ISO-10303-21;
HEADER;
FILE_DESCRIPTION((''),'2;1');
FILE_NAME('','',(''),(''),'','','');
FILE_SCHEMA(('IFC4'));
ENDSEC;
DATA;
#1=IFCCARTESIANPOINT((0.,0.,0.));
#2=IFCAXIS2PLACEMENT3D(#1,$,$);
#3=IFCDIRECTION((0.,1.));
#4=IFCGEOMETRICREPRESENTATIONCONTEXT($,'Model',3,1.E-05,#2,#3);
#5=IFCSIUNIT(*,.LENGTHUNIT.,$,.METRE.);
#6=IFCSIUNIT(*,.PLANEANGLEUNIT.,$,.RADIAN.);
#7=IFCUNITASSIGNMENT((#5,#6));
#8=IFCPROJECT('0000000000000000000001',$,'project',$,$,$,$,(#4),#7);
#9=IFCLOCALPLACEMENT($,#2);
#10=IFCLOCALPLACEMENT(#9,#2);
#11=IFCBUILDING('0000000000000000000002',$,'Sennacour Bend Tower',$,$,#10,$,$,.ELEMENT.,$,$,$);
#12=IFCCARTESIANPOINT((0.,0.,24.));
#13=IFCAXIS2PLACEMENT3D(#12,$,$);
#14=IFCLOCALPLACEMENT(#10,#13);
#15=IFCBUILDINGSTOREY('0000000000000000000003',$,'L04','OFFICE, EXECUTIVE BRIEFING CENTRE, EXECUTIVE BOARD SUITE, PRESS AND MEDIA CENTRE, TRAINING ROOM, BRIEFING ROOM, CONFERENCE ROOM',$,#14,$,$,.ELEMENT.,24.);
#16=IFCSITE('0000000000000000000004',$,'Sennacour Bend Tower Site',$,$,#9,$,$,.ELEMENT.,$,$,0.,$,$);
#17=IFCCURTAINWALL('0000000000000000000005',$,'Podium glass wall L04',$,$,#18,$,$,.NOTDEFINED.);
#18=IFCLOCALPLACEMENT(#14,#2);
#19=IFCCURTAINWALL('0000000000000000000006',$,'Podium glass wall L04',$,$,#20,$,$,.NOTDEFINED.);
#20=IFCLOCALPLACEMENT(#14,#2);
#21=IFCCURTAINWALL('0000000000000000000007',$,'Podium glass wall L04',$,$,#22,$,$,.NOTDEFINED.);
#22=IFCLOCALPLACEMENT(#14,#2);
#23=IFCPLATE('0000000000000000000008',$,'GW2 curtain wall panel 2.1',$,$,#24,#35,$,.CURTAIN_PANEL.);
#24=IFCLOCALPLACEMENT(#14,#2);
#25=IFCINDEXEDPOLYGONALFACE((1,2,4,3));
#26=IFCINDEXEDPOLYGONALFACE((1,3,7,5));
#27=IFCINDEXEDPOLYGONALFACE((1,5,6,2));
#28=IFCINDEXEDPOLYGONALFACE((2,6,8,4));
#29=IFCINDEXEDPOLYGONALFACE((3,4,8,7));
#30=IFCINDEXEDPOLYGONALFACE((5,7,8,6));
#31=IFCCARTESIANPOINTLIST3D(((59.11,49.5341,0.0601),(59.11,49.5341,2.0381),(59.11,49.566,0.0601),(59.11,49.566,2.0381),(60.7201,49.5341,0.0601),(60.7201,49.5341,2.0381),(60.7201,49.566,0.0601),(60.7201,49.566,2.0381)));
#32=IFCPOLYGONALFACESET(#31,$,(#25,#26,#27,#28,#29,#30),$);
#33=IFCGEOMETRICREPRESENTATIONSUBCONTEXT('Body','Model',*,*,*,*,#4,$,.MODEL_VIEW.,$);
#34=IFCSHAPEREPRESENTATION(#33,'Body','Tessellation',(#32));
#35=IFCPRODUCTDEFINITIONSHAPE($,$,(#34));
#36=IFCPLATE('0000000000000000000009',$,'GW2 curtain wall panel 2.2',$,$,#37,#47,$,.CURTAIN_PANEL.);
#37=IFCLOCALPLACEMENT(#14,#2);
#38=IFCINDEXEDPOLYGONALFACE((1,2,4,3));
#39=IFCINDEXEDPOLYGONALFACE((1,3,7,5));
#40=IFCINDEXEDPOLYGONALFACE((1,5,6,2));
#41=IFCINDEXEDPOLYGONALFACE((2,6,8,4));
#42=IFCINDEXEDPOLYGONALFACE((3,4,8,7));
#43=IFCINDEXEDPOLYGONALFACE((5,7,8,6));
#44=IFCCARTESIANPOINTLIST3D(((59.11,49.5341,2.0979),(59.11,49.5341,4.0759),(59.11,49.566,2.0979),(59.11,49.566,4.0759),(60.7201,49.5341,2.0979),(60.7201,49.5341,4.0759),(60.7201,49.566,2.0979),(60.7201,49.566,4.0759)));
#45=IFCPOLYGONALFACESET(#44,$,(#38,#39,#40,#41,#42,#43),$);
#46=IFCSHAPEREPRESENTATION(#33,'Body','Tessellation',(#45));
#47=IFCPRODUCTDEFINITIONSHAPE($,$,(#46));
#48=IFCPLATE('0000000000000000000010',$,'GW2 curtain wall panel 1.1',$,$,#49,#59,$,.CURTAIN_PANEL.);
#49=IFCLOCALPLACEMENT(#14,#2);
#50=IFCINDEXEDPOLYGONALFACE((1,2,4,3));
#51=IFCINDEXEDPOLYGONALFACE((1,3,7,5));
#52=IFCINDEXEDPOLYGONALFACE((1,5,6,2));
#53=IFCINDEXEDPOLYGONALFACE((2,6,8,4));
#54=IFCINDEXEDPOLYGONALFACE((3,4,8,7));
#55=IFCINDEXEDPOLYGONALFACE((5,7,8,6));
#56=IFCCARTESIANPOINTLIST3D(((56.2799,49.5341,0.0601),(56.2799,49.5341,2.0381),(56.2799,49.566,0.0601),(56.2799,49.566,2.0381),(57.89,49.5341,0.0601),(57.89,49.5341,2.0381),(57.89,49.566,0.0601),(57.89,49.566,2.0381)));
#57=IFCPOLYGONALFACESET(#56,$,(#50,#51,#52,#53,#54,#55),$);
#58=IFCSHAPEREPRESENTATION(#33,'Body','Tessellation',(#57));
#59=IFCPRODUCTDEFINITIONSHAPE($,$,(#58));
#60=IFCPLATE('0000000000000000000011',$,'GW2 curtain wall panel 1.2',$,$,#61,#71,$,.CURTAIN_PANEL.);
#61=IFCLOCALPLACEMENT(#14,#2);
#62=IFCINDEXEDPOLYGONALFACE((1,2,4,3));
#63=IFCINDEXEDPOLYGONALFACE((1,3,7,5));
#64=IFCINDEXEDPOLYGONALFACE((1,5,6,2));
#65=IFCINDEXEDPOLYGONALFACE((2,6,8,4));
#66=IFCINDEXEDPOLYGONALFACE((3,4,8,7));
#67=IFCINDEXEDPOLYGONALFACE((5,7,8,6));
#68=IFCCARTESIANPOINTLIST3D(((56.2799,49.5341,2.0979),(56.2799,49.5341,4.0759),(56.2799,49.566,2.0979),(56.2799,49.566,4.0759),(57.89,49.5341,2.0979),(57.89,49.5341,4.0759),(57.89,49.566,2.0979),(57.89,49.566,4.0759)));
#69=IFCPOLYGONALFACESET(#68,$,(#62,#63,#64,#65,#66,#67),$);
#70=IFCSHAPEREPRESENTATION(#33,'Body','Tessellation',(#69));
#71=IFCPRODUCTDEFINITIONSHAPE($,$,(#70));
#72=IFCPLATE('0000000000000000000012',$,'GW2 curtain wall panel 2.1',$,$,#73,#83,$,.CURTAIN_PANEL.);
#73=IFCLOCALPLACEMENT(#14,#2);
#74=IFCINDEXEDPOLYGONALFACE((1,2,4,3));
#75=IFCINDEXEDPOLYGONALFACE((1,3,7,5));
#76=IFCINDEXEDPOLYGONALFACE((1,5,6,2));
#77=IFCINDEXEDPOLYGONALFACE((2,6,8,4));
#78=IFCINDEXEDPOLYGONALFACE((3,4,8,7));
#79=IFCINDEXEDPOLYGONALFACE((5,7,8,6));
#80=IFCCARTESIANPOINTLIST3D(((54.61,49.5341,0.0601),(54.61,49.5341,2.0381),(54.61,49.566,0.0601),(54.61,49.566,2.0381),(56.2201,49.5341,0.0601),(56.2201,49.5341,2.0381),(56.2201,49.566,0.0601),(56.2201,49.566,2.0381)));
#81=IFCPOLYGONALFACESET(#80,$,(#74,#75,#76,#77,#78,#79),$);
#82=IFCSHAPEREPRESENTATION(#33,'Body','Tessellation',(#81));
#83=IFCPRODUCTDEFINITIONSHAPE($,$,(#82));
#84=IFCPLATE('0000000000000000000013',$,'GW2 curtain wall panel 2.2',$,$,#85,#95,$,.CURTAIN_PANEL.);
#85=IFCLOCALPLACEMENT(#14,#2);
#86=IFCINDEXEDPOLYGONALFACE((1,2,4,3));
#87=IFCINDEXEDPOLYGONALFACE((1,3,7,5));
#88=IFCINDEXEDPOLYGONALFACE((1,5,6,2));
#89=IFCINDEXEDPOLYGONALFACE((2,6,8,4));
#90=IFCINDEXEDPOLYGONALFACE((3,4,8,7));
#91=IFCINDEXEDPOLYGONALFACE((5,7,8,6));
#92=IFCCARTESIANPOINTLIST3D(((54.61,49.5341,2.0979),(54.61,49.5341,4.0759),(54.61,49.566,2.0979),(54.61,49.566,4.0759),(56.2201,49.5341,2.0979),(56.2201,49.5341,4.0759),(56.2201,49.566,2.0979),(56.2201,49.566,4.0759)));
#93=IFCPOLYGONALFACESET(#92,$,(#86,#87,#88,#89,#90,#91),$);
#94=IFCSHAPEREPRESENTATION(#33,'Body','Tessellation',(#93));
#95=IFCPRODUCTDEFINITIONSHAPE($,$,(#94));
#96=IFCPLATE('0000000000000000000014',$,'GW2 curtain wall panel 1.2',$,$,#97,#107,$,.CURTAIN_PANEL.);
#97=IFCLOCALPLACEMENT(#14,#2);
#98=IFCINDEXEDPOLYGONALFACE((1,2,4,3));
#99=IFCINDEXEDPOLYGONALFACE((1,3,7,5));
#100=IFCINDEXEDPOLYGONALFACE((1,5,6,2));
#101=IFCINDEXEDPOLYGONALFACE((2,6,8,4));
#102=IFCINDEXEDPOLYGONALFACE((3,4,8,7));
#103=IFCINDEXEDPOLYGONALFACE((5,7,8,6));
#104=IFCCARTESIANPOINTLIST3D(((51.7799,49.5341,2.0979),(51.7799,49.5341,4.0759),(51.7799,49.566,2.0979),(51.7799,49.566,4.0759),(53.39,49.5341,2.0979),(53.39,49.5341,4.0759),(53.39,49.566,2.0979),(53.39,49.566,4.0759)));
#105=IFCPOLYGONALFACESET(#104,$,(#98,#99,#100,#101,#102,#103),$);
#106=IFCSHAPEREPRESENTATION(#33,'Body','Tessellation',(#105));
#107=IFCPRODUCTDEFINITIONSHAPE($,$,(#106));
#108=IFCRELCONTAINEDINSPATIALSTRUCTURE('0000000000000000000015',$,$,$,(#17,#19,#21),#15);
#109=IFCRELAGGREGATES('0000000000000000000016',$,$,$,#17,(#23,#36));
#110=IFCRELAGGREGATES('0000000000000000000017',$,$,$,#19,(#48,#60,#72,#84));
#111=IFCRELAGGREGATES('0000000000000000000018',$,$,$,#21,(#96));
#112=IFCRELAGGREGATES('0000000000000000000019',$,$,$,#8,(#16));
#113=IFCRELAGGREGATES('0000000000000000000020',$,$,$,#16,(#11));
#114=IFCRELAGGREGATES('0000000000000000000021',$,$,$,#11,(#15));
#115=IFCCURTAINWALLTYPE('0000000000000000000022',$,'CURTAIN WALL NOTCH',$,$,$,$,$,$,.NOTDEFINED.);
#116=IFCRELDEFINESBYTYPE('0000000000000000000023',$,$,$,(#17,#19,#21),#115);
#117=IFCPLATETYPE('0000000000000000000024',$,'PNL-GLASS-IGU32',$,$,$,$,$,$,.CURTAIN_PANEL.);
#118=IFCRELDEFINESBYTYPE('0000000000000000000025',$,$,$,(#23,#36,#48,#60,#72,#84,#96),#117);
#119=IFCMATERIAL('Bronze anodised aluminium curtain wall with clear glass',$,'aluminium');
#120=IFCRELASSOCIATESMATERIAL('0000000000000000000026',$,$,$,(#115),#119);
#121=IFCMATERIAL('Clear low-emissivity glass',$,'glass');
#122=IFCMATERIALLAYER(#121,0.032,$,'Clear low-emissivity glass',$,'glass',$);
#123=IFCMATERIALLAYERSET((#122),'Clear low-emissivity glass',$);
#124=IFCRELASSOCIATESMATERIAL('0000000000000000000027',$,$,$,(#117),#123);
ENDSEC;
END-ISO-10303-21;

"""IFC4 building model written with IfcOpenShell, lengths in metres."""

from ifc_helpers import new_model, si_unit, direction, frame, origin, origin_2d, place, context, subcontext, project, spatial, rectangle, extrude, material, layer, layer_set, type_object, element, aggregate, save


model = new_model("IFC4")

# Units and contexts
model_context = context("Model", 3, precision=1e-05, world=origin(), true_north=direction((0.0, 1.0)))
body_context = subcontext(model_context, "Body", "Model", "MODEL_VIEW")
ifc_project = project(units=[si_unit("LENGTHUNIT", "METRE"), si_unit("PLANEANGLEUNIT", "RADIAN")], contexts=[model_context])

# Site, building, storey
site_placement = place(None, origin())
site = spatial("IfcSite", under=ifc_project, at=site_placement, Name="Sennacour Bend Tower Site", CompositionType="ELEMENT", RefElevation=0.0)
building_placement = place(site_placement, origin())
building = spatial("IfcBuilding", under=site, at=building_placement, Name="Sennacour Bend Tower", CompositionType="ELEMENT")
storey_placement = place(building_placement, frame((0.0, 0.0, 24.0)))
storey = spatial("IfcBuildingStorey", under=building, at=storey_placement, Name="L04", Description="OFFICE, EXECUTIVE BRIEFING CENTRE, EXECUTIVE BOARD SUITE, PRESS AND MEDIA CENTRE, TRAINING ROOM, BRIEFING ROOM, CONFERENCE ROOM", CompositionType="ELEMENT", Elevation=24.0)

# Shared definitions
ifc_material_1 = material(Name="Bronze anodised aluminium curtain wall with clear glass", Category="aluminium")
curtain_wall_type = type_object("IfcCurtainWallType", Name="CURTAIN WALL NOTCH", PredefinedType="NOTDEFINED", material=ifc_material_1)

# Curtain walls
curtain_wall_1_placement = place(storey_placement, origin())
curtain_wall_1 = element("IfcCurtainWall", 1, at=curtain_wall_1_placement, inside=storey, type_object=curtain_wall_type, Name="Podium glass wall L04", PredefinedType="NOTDEFINED")
curtain_wall_2_placement = place(storey_placement, origin())
curtain_wall_2 = element("IfcCurtainWall", 2, at=curtain_wall_2_placement, inside=storey, type_object=curtain_wall_type, Name="Podium glass wall L04", PredefinedType="NOTDEFINED")

# Curtain wall
curtain_wall_3_placement = place(storey_placement, origin())
curtain_wall_3 = element("IfcCurtainWall", 3, at=curtain_wall_3_placement, inside=storey, type_object=curtain_wall_type, Name="Podium glass wall L04", PredefinedType="NOTDEFINED")

# Plates
ifc_material_2 = material(Name="Clear low-emissivity glass", Category="glass")
ifc_layer = layer(ifc_material_2, 0.032, Name="Clear low-emissivity glass", Category="glass")
ifc_layer_set = layer_set([ifc_layer], Name="Clear low-emissivity glass")
plate_type = type_object("IfcPlateType", Name="PNL-GLASS-IGU32", PredefinedType="CURTAIN_PANEL", material=ifc_layer_set)
plate_1_placement = place(storey_placement, frame((59.915, 49.55, 0.0601), z_axis=(0.0, 0.0, 1.0), x_axis=(-1.0, 0.0, 0.0)))
plate_1 = element("IfcPlate", 4, at=plate_1_placement, type_object=plate_type, Name="GW2 curtain wall panel 2.1", PredefinedType="CURTAIN_PANEL", context=body_context, shape_type="SweptSolid", body=[
    extrude(rectangle(XDim=1.6101, YDim=0.032, at=origin_2d()), origin(), (0.0, 0.0, 1.0), 1.978),
])
plate_2_placement = place(storey_placement, frame((59.915, 49.55, 2.0979), z_axis=(0.0, 0.0, 1.0), x_axis=(-1.0, 0.0, 0.0)))
plate_2 = element("IfcPlate", 5, at=plate_2_placement, type_object=plate_type, Name="GW2 curtain wall panel 2.2", PredefinedType="CURTAIN_PANEL", context=body_context, shape_type="SweptSolid", body=[
    extrude(rectangle(XDim=1.6101, YDim=0.032, at=origin_2d()), origin(), (0.0, 0.0, 1.0), 1.978),
])
aggregate(curtain_wall_1, [plate_1, plate_2])
plate_3_placement = place(storey_placement, frame((57.085, 49.55, 0.0601), z_axis=(0.0, 0.0, 1.0), x_axis=(-1.0, 0.0, 0.0)))
plate_3 = element("IfcPlate", 6, at=plate_3_placement, type_object=plate_type, Name="GW2 curtain wall panel 1.1", PredefinedType="CURTAIN_PANEL", context=body_context, shape_type="SweptSolid", body=[
    extrude(rectangle(XDim=1.6101, YDim=0.032, at=origin_2d()), origin(), (0.0, 0.0, 1.0), 1.978),
])
plate_4_placement = place(storey_placement, frame((57.085, 49.55, 2.0979), z_axis=(0.0, 0.0, 1.0), x_axis=(-1.0, 0.0, 0.0)))
plate_4 = element("IfcPlate", 7, at=plate_4_placement, type_object=plate_type, Name="GW2 curtain wall panel 1.2", PredefinedType="CURTAIN_PANEL", context=body_context, shape_type="SweptSolid", body=[
    extrude(rectangle(XDim=1.6101, YDim=0.032, at=origin_2d()), origin(), (0.0, 0.0, 1.0), 1.978),
])
plate_5_placement = place(storey_placement, frame((55.415, 49.55, 0.0601), z_axis=(0.0, 0.0, 1.0), x_axis=(-1.0, 0.0, 0.0)))
plate_5 = element("IfcPlate", 8, at=plate_5_placement, type_object=plate_type, Name="GW2 curtain wall panel 2.1", PredefinedType="CURTAIN_PANEL", context=body_context, shape_type="SweptSolid", body=[
    extrude(rectangle(XDim=1.6101, YDim=0.032, at=origin_2d()), origin(), (0.0, 0.0, 1.0), 1.978),
])
plate_6_placement = place(storey_placement, frame((55.415, 49.55, 2.0979), z_axis=(0.0, 0.0, 1.0), x_axis=(-1.0, 0.0, 0.0)))
plate_6 = element("IfcPlate", 9, at=plate_6_placement, type_object=plate_type, Name="GW2 curtain wall panel 2.2", PredefinedType="CURTAIN_PANEL", context=body_context, shape_type="SweptSolid", body=[
    extrude(rectangle(XDim=1.6101, YDim=0.032, at=origin_2d()), origin(), (0.0, 0.0, 1.0), 1.978),
])
aggregate(curtain_wall_2, [plate_3, plate_4, plate_5, plate_6])
plate_7_placement = place(storey_placement, frame((52.585, 49.55, 2.0979), z_axis=(0.0, 0.0, 1.0), x_axis=(-1.0, 0.0, 0.0)))
plate_7 = element("IfcPlate", 10, at=plate_7_placement, type_object=plate_type, Name="GW2 curtain wall panel 1.2", PredefinedType="CURTAIN_PANEL", context=body_context, shape_type="SweptSolid", body=[
    extrude(rectangle(XDim=1.6101, YDim=0.032, at=origin_2d()), origin(), (0.0, 0.0, 1.0), 1.978),
])
aggregate(curtain_wall_3, [plate_7])

save(model, "model.ifc")
